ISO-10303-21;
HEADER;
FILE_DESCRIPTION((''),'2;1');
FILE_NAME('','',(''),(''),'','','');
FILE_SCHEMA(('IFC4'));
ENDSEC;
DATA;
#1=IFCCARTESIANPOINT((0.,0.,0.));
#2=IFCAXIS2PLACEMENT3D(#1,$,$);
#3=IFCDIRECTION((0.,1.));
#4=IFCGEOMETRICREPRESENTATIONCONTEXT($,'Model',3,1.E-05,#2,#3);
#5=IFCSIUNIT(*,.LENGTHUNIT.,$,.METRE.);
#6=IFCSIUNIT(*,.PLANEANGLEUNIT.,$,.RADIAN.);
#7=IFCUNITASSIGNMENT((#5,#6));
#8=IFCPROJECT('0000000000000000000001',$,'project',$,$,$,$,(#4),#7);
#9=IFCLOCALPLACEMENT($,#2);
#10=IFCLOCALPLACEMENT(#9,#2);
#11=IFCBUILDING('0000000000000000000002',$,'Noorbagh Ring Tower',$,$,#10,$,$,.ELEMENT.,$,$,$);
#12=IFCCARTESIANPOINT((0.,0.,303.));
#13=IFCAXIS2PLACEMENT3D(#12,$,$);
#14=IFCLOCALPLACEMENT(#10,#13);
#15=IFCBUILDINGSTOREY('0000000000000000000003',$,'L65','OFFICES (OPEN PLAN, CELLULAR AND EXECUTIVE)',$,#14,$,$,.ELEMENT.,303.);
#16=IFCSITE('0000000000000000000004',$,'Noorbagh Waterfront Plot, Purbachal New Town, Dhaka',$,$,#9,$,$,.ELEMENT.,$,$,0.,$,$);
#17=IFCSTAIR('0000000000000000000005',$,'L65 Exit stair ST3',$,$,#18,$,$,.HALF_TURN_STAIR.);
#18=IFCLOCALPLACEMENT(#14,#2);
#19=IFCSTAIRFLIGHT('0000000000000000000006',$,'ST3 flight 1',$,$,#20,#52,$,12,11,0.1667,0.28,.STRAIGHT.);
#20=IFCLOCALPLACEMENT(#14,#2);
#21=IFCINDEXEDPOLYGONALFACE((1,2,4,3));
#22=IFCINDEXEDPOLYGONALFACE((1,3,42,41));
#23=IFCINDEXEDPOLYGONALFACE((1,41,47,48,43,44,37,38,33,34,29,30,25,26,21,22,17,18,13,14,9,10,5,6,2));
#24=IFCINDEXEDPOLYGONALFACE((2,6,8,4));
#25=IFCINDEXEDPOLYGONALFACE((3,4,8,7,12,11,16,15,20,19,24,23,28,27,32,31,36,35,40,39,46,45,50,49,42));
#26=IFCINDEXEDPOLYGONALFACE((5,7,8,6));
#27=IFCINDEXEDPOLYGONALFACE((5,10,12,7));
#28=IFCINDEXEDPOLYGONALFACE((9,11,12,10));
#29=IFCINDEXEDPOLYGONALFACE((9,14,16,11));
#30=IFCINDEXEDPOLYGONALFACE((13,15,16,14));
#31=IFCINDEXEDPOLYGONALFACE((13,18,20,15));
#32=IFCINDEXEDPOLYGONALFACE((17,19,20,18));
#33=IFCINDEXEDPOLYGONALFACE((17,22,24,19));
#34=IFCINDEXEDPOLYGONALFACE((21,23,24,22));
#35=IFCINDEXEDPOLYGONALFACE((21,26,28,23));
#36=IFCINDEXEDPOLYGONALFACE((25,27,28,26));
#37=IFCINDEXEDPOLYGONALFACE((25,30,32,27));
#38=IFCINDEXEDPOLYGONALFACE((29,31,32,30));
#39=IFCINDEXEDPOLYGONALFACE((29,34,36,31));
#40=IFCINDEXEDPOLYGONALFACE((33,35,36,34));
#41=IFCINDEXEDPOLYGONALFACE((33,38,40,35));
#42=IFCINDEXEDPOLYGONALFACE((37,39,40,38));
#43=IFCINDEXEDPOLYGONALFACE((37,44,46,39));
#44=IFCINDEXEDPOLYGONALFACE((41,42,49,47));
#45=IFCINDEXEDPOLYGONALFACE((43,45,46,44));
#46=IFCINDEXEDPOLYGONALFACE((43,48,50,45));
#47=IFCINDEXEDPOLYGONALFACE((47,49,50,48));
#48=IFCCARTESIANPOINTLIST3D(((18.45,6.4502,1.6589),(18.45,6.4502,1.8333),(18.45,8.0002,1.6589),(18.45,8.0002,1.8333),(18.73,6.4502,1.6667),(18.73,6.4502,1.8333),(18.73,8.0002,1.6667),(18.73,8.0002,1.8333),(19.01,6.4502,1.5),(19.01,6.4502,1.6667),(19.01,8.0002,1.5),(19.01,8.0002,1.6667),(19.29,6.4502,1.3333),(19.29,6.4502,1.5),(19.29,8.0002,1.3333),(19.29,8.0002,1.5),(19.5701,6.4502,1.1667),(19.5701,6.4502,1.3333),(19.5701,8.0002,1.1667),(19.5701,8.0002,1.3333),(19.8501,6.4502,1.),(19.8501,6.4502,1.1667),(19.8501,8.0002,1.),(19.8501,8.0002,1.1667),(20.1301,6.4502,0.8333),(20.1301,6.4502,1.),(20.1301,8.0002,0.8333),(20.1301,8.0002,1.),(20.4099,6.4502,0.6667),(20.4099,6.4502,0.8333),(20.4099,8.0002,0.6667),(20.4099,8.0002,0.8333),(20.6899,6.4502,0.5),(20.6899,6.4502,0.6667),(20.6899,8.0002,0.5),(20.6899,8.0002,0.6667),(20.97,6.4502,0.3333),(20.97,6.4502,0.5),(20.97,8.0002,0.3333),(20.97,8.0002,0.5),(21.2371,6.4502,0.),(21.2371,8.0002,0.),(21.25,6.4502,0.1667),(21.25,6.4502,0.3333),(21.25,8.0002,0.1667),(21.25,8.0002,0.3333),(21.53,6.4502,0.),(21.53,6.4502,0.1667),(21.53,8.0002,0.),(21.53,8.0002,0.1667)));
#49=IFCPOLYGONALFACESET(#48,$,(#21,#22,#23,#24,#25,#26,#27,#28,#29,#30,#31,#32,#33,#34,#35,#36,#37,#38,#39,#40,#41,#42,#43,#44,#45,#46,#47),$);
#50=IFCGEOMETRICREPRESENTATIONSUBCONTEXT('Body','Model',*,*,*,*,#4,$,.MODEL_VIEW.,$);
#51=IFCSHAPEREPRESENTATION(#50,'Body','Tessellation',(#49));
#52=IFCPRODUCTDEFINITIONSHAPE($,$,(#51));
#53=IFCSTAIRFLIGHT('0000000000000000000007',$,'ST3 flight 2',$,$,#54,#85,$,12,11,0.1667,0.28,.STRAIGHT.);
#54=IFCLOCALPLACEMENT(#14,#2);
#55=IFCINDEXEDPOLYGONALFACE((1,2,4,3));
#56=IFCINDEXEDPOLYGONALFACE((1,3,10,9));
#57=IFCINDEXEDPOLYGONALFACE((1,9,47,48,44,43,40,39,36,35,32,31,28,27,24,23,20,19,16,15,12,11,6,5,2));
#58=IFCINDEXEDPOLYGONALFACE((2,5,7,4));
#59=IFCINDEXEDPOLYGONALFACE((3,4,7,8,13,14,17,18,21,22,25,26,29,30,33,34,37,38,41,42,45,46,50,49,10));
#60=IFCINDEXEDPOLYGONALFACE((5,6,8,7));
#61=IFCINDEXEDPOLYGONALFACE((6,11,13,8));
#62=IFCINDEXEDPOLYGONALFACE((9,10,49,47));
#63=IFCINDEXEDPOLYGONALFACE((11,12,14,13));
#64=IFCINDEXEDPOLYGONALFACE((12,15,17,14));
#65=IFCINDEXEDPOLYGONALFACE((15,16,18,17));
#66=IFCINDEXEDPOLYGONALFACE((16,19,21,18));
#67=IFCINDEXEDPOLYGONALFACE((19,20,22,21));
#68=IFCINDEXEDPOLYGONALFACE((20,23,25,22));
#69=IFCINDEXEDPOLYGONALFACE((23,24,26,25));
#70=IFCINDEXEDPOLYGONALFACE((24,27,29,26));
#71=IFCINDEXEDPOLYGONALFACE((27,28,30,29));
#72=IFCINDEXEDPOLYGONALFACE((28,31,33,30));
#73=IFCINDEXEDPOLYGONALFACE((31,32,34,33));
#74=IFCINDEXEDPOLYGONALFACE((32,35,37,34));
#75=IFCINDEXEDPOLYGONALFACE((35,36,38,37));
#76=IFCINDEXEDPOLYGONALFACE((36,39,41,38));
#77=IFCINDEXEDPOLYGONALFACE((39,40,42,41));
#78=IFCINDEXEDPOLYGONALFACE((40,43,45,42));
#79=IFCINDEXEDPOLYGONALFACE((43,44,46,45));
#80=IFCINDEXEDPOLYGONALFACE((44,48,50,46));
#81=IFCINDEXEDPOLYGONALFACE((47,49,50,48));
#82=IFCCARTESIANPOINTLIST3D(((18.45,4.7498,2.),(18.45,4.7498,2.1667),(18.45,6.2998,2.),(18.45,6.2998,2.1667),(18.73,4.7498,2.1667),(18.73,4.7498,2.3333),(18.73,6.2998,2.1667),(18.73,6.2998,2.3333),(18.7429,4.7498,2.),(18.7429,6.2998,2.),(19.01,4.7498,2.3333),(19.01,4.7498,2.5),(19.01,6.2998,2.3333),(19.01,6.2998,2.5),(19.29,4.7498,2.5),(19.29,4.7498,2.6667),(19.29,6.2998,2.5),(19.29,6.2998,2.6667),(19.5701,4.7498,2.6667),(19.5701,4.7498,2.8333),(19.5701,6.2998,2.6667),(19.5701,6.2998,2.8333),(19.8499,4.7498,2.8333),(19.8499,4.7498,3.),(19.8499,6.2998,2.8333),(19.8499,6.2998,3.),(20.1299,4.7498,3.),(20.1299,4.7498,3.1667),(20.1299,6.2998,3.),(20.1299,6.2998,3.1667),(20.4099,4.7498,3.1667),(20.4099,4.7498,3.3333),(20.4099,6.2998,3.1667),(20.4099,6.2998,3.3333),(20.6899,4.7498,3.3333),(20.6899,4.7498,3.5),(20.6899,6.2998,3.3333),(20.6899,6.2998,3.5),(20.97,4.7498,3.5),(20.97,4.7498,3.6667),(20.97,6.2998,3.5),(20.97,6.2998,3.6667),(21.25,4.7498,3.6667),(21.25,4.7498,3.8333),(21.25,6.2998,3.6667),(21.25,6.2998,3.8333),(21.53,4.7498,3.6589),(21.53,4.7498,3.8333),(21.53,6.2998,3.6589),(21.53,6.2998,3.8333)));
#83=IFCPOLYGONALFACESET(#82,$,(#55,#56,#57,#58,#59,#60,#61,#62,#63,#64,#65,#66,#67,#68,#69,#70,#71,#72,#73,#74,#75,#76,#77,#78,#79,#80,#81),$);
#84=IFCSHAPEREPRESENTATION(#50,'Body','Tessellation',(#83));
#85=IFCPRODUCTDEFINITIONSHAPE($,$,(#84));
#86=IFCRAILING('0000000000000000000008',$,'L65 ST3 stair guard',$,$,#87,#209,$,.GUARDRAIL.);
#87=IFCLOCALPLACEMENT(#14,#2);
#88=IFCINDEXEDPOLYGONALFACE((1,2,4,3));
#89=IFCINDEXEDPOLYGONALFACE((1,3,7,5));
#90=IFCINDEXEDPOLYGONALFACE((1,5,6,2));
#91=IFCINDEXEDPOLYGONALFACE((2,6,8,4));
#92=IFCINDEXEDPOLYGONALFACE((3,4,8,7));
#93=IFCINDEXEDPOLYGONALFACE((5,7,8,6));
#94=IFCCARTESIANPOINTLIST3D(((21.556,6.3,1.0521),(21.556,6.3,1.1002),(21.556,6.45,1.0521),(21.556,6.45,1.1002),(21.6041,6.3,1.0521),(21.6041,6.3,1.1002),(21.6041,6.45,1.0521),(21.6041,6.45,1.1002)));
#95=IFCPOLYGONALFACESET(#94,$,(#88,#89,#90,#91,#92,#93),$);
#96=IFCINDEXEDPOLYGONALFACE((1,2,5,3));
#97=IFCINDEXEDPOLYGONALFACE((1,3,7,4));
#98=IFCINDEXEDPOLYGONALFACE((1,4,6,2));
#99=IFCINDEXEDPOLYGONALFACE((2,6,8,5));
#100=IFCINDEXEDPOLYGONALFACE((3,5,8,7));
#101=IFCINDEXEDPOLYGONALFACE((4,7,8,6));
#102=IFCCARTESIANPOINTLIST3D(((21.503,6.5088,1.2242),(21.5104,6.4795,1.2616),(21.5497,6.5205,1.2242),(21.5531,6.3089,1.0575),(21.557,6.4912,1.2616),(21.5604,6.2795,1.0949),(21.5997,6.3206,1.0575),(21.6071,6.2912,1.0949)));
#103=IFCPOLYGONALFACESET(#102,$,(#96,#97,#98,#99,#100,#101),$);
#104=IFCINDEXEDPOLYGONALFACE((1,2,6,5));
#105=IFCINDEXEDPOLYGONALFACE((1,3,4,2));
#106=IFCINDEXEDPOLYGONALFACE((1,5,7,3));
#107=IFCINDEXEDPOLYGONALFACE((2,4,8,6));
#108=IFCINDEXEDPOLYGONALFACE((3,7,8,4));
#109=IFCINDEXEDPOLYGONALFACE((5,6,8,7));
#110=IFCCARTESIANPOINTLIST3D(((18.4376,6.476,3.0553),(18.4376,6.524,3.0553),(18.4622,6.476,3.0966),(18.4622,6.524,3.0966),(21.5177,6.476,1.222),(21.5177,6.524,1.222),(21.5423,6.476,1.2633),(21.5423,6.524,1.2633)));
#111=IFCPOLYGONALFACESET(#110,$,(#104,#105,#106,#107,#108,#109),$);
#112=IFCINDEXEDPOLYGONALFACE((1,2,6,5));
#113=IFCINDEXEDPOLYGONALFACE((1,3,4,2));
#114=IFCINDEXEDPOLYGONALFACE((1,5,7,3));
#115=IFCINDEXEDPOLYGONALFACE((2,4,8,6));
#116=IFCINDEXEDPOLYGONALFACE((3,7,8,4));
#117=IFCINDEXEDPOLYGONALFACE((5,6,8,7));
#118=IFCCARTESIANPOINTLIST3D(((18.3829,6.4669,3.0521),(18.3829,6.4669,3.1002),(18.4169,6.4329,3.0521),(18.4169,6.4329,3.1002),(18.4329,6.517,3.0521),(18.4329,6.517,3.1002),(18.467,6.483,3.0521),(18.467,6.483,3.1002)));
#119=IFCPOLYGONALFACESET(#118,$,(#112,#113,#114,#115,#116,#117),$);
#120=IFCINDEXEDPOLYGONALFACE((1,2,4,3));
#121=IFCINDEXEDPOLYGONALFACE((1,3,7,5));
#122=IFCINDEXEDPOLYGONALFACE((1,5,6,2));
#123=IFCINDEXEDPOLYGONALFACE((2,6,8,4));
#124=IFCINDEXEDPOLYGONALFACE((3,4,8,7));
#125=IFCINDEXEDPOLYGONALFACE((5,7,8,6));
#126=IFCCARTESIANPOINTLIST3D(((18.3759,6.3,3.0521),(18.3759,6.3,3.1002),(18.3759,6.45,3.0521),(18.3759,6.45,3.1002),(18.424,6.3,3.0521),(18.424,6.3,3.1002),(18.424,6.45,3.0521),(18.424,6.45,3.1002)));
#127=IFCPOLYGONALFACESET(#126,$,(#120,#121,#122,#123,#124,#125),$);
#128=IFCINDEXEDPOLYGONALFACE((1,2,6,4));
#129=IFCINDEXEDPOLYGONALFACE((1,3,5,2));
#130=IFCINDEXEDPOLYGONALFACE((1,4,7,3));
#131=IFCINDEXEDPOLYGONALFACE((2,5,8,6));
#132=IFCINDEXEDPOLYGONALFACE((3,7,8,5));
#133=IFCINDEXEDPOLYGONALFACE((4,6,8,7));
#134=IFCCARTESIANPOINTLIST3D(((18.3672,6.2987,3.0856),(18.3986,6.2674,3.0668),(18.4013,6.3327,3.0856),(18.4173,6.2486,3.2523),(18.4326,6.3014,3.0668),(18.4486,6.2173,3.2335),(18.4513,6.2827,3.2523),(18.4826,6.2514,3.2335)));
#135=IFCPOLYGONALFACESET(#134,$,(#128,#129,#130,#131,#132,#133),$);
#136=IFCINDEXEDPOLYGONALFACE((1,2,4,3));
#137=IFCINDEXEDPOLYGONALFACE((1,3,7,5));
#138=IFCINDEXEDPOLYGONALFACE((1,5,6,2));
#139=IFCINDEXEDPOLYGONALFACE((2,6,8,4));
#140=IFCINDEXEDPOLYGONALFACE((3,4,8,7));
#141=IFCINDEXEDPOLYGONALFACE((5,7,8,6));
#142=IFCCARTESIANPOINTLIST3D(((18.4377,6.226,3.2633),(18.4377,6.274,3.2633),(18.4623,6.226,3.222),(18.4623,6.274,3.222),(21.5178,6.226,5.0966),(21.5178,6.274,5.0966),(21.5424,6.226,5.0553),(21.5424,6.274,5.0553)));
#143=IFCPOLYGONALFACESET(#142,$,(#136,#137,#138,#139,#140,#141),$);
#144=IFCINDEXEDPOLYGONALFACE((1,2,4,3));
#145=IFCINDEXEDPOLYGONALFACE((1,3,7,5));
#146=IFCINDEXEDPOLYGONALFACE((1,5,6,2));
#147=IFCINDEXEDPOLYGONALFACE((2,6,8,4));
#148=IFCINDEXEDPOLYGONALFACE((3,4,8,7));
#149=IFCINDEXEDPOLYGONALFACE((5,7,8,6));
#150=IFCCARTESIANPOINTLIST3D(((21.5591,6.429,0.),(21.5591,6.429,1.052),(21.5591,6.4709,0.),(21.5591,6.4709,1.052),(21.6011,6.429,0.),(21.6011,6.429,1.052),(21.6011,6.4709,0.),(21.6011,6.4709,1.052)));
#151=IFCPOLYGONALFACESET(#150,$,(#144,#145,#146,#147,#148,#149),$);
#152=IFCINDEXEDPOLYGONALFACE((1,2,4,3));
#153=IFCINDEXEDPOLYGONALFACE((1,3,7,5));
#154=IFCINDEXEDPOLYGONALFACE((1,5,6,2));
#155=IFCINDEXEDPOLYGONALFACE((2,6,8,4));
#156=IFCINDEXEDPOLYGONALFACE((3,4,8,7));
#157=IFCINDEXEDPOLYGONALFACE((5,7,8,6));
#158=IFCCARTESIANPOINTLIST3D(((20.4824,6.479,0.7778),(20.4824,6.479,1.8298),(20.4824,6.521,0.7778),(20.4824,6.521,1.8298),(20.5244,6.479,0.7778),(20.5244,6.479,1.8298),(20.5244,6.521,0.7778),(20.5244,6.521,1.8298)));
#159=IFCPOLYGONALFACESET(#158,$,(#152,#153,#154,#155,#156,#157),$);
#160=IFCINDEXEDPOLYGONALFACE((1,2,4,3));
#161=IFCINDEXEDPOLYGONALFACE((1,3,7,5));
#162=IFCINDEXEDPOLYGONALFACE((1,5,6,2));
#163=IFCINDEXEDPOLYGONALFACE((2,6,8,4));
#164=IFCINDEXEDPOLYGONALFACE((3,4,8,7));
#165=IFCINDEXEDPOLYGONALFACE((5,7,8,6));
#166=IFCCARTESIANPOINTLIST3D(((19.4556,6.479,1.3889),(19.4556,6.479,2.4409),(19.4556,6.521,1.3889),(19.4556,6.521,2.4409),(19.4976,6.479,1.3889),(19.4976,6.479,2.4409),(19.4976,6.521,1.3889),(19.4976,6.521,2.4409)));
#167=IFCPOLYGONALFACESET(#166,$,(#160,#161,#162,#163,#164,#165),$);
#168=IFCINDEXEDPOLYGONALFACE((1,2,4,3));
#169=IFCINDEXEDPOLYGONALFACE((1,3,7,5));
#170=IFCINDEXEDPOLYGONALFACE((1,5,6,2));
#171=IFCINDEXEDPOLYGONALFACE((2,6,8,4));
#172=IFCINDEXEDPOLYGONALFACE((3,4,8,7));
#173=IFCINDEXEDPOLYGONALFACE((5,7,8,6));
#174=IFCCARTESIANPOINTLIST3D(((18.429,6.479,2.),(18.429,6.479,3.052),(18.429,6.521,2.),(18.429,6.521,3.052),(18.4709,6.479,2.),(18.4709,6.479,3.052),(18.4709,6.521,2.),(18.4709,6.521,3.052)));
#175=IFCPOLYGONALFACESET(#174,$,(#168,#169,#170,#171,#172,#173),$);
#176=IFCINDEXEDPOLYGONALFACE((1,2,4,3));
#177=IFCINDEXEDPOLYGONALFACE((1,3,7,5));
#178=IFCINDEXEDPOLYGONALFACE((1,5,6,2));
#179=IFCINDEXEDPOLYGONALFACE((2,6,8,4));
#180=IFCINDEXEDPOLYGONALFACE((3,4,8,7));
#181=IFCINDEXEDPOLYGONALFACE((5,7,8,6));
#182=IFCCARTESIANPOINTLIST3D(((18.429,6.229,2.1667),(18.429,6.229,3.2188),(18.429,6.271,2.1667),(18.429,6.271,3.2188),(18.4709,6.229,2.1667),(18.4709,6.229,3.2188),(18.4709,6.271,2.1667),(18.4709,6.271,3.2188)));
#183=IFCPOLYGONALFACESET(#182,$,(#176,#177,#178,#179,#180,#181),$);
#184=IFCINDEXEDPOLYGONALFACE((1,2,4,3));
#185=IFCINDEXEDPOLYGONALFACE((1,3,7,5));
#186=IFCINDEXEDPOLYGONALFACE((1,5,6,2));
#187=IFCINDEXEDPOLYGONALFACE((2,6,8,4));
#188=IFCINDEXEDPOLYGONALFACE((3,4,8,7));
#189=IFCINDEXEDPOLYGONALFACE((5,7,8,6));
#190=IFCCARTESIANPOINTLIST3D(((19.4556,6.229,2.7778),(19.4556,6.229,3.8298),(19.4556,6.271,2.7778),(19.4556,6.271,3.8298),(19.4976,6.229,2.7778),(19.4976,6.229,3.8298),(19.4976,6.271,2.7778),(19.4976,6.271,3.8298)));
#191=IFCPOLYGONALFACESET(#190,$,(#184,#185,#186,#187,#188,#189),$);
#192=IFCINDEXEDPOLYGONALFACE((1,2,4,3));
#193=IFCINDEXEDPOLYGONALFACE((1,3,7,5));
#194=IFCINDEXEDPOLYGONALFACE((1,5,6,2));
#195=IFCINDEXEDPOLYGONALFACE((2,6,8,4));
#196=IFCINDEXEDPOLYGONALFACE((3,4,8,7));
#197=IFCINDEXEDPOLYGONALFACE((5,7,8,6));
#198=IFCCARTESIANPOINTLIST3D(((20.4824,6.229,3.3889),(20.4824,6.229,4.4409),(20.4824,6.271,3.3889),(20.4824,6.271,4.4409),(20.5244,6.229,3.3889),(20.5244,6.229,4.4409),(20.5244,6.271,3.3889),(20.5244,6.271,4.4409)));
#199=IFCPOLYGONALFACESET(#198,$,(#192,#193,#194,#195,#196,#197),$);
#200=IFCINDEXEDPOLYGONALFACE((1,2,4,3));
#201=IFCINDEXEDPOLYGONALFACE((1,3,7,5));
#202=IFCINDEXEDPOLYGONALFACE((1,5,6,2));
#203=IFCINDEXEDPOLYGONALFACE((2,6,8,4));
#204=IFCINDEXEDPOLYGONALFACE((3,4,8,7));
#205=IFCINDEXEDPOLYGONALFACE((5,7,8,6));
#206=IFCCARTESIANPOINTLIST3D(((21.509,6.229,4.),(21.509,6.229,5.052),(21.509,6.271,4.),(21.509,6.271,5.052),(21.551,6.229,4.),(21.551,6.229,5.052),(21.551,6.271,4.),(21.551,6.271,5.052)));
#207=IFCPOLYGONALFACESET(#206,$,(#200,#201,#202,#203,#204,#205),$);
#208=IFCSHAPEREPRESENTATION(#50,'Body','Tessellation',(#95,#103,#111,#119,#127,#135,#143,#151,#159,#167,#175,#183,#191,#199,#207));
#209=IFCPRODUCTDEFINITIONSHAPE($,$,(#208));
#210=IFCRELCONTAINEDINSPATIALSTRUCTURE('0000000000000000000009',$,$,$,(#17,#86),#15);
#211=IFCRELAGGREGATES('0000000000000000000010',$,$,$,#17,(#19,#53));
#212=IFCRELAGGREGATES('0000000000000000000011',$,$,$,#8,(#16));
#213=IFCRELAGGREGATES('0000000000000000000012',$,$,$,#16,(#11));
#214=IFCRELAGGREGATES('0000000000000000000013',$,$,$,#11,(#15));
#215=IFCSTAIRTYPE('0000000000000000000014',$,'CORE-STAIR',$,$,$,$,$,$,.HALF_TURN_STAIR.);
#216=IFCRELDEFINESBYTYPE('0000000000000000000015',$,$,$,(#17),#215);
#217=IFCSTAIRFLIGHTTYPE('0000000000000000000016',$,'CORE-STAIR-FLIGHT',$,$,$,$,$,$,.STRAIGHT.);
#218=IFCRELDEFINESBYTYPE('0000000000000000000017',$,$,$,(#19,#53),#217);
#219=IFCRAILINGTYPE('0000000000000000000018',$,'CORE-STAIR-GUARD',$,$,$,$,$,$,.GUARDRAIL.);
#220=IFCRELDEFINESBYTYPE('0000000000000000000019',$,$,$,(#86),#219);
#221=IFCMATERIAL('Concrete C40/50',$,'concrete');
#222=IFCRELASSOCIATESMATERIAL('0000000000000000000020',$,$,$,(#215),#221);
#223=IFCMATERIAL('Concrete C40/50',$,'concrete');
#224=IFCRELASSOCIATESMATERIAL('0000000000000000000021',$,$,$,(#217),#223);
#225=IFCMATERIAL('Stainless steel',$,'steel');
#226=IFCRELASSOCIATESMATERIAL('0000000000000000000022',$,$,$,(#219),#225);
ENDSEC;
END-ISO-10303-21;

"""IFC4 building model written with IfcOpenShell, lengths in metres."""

from ifc_helpers import new_model, si_unit, direction, frame, origin, origin_2d, place, context, subcontext, project, spatial, polyline, rectangle, outline, extrude, material, type_object, element, aggregate, save


model = new_model("IFC4")

# Units and contexts
model_context = context("Model", 3, precision=1e-05, world=origin(), true_north=direction((0.0, 1.0)))
body_context = subcontext(model_context, "Body", "Model", "MODEL_VIEW")
ifc_project = project(units=[si_unit("LENGTHUNIT", "METRE"), si_unit("PLANEANGLEUNIT", "RADIAN")], contexts=[model_context])

# Site, building, storey
site_placement = place(None, origin())
site = spatial("IfcSite", under=ifc_project, at=site_placement, Name="Noorbagh Waterfront Plot, Purbachal New Town, Dhaka", CompositionType="ELEMENT", RefElevation=0.0)
building_placement = place(site_placement, origin())
building = spatial("IfcBuilding", under=site, at=building_placement, Name="Noorbagh Ring Tower", CompositionType="ELEMENT")
storey_placement = place(building_placement, frame((0.0, 0.0, 303.0)))
storey = spatial("IfcBuildingStorey", under=building, at=storey_placement, Name="L65", Description="OFFICES (OPEN PLAN, CELLULAR AND EXECUTIVE)", CompositionType="ELEMENT", Elevation=303.0)

# Stair, stair flights
ifc_material_1 = material(Name="Concrete C40/50", Category="concrete")
stair_type = type_object("IfcStairType", Name="CORE-STAIR", PredefinedType="HALF_TURN_STAIR", material=ifc_material_1)
stair_placement = place(storey_placement, origin())
stair = element("IfcStair", 1, at=stair_placement, inside=storey, type_object=stair_type, Name="L65 Exit stair ST3", PredefinedType="HALF_TURN_STAIR")
ifc_material_2 = material(Name="Concrete C40/50", Category="concrete")
stair_flight_type = type_object("IfcStairFlightType", Name="CORE-STAIR-FLIGHT", PredefinedType="STRAIGHT", material=ifc_material_2)
stair_flight_1_placement = place(storey_placement, frame((21.53, 7.2251, 0.0), z_axis=(0.0, 0.0, 1.0), x_axis=(-1.0, 0.0, 0.0)))
stair_flight_1 = element("IfcStairFlight", 2, at=stair_flight_1_placement, type_object=stair_flight_type, Name="ST3 flight 1", NumberOfRisers=12, NumberOfTreads=11, PredefinedType="STRAIGHT", RiserHeight=0.1667, TreadLength=0.28, context=body_context, shape_type="SweptSolid", body=[
    extrude(outline(polyline([(0.0, 0.0), (0.0, 0.1667), (0.28, 0.1667), (0.28, 0.3333), (0.5601, 0.3333), (0.5601, 0.5), (0.8401, 0.5), (0.8401, 0.6667), (1.1201, 0.6667), (1.1201, 0.8333), (1.3999, 0.8333), (1.3999, 1.0), (1.6799, 1.0), (1.6799, 1.1667), (1.96, 1.1667), (1.96, 1.3333), (2.24, 1.3333), (2.24, 1.5), (2.52, 1.5), (2.52, 1.6667), (2.8, 1.6667), (2.8, 1.8333), (3.0801, 1.8333), (3.0801, 2.0), (3.0801, 1.6589), (0.293, 0.0), (0.0, 0.0)])), frame((0.0, 0.7749, 0.0), z_axis=(0.0, -1.0, 0.0), x_axis=(1.0, 0.0, 0.0)), (0.0, 0.0, 1.0), 1.55),
])
stair_flight_2_placement = place(storey_placement, frame((18.45, 5.5249, 2.0), z_axis=(0.0, 0.0, 1.0), x_axis=(1.0, 0.0, 0.0)))
stair_flight_2 = element("IfcStairFlight", 3, at=stair_flight_2_placement, type_object=stair_flight_type, Name="ST3 flight 2", NumberOfRisers=12, NumberOfTreads=11, PredefinedType="STRAIGHT", RiserHeight=0.1667, TreadLength=0.28, context=body_context, shape_type="SweptSolid", body=[
    extrude(outline(polyline([(0.0, 0.0), (0.0, 0.1667), (0.28, 0.1667), (0.28, 0.3333), (0.5601, 0.3333), (0.5601, 0.5), (0.8401, 0.5), (0.8401, 0.6667), (1.1201, 0.6667), (1.1201, 0.8333), (1.3999, 0.8333), (1.3999, 1.0), (1.6799, 1.0), (1.6799, 1.1667), (1.96, 1.1667), (1.96, 1.3333), (2.24, 1.3333), (2.24, 1.5), (2.52, 1.5), (2.52, 1.6667), (2.8, 1.6667), (2.8, 1.8333), (3.0801, 1.8333), (3.0801, 2.0), (3.0801, 1.6589), (0.293, 0.0), (0.0, 0.0)])), frame((0.0, 0.7749, 0.0), z_axis=(0.0, -1.0, 0.0), x_axis=(1.0, 0.0, 0.0)), (0.0, 0.0, 1.0), 1.55),
])
aggregate(stair, [stair_flight_1, stair_flight_2])

# Railing
ifc_material_3 = material(Name="Stainless steel", Category="steel")
railing_type_1 = type_object("IfcRailingType", Name="CORE-STAIR-GUARD", PredefinedType="GUARDRAIL", material=ifc_material_3)
railing_1_placement = place(storey_placement, frame((21.5801, 6.45, 0.0)))
element("IfcRailing", 4, at=railing_1_placement, inside=storey, type_object=railing_type_1, Name="L65 ST3 stair guard", PredefinedType="GUARDRAIL", context=body_context, shape_type="SweptSolid", body=[
    extrude(rectangle(XDim=0.0481, YDim=0.0481, at=origin_2d()), frame((0.0, 0.0, 1.0762), z_axis=(0.0, -1.0, 0.0), x_axis=(1.0, 0.0, 0.0)), (0.0, 0.0, 1.0), 0.1499),
    extrude(rectangle(XDim=0.0481, YDim=0.0481, at=origin_2d()), frame((0.0, -0.1499, 1.0762), z_axis=(-0.188776, 0.754182, 0.628946), x_axis=(-0.970073, -0.242814, 0.0)), (0.0, 0.0, 1.0), 0.2651),
    extrude(rectangle(XDim=0.0481, YDim=0.0481, at=origin_2d()), frame((-0.05, 0.05, 1.2427), z_axis=(-0.859309, 0.0, 0.511458), x_axis=(0.0, -1.0, 0.0)), (0.0, 0.0, 1.0), 3.5845),
    extrude(rectangle(XDim=0.0481, YDim=0.0481, at=origin_2d()), frame((-3.1301, 0.05, 3.0762), z_axis=(-0.707107, -0.707107, 0.0), x_axis=(0.707107, -0.707107, 0.0)), (0.0, 0.0, 1.0), 0.0708),
    extrude(rectangle(XDim=0.0481, YDim=0.0481, at=origin_2d()), frame((-3.1802, 0.0, 3.0762), z_axis=(0.0, -1.0, 0.0), x_axis=(1.0, 0.0, 0.0)), (0.0, 0.0, 1.0), 0.1499),
    extrude(rectangle(XDim=0.0481, YDim=0.0481, at=origin_2d()), frame((-3.1802, -0.1499, 3.0762), z_axis=(0.276287, -0.276287, 0.920506), x_axis=(0.707107, 0.707107, 0.0)), (0.0, 0.0, 1.0), 0.1812),
    extrude(rectangle(XDim=0.0481, YDim=0.0481, at=origin_2d()), frame((-3.1301, -0.2, 3.2427), z_axis=(0.859309, 0.0, 0.511458), x_axis=(0.0, 1.0, 0.0)), (0.0, 0.0, 1.0), 3.5845),
    extrude(rectangle(XDim=0.042, YDim=0.042, at=origin_2d()), origin(), (0.0, 0.0, 1.0), 1.052),
    extrude(rectangle(XDim=0.042, YDim=0.042, at=origin_2d()), frame((-1.0767, 0.05, 0.7778)), (0.0, 0.0, 1.0), 1.052),
    extrude(rectangle(XDim=0.042, YDim=0.042, at=origin_2d()), frame((-2.1035, 0.05, 1.3889)), (0.0, 0.0, 1.0), 1.052),
    extrude(rectangle(XDim=0.042, YDim=0.042, at=origin_2d()), frame((-3.1301, 0.05, 2.0)), (0.0, 0.0, 1.0), 1.052),
    extrude(rectangle(XDim=0.042, YDim=0.042, at=origin_2d()), frame((-3.1301, -0.2, 2.1667)), (0.0, 0.0, 1.0), 1.052),
    extrude(rectangle(XDim=0.042, YDim=0.042, at=origin_2d()), frame((-2.1035, -0.2, 2.7778)), (0.0, 0.0, 1.0), 1.052),
    extrude(rectangle(XDim=0.042, YDim=0.042, at=origin_2d()), frame((-1.0767, -0.2, 3.3889)), (0.0, 0.0, 1.0), 1.052),
    extrude(rectangle(XDim=0.042, YDim=0.042, at=origin_2d()), frame((-0.05, -0.2, 4.0)), (0.0, 0.0, 1.0), 1.052),
])

save(model, "model.ifc")
